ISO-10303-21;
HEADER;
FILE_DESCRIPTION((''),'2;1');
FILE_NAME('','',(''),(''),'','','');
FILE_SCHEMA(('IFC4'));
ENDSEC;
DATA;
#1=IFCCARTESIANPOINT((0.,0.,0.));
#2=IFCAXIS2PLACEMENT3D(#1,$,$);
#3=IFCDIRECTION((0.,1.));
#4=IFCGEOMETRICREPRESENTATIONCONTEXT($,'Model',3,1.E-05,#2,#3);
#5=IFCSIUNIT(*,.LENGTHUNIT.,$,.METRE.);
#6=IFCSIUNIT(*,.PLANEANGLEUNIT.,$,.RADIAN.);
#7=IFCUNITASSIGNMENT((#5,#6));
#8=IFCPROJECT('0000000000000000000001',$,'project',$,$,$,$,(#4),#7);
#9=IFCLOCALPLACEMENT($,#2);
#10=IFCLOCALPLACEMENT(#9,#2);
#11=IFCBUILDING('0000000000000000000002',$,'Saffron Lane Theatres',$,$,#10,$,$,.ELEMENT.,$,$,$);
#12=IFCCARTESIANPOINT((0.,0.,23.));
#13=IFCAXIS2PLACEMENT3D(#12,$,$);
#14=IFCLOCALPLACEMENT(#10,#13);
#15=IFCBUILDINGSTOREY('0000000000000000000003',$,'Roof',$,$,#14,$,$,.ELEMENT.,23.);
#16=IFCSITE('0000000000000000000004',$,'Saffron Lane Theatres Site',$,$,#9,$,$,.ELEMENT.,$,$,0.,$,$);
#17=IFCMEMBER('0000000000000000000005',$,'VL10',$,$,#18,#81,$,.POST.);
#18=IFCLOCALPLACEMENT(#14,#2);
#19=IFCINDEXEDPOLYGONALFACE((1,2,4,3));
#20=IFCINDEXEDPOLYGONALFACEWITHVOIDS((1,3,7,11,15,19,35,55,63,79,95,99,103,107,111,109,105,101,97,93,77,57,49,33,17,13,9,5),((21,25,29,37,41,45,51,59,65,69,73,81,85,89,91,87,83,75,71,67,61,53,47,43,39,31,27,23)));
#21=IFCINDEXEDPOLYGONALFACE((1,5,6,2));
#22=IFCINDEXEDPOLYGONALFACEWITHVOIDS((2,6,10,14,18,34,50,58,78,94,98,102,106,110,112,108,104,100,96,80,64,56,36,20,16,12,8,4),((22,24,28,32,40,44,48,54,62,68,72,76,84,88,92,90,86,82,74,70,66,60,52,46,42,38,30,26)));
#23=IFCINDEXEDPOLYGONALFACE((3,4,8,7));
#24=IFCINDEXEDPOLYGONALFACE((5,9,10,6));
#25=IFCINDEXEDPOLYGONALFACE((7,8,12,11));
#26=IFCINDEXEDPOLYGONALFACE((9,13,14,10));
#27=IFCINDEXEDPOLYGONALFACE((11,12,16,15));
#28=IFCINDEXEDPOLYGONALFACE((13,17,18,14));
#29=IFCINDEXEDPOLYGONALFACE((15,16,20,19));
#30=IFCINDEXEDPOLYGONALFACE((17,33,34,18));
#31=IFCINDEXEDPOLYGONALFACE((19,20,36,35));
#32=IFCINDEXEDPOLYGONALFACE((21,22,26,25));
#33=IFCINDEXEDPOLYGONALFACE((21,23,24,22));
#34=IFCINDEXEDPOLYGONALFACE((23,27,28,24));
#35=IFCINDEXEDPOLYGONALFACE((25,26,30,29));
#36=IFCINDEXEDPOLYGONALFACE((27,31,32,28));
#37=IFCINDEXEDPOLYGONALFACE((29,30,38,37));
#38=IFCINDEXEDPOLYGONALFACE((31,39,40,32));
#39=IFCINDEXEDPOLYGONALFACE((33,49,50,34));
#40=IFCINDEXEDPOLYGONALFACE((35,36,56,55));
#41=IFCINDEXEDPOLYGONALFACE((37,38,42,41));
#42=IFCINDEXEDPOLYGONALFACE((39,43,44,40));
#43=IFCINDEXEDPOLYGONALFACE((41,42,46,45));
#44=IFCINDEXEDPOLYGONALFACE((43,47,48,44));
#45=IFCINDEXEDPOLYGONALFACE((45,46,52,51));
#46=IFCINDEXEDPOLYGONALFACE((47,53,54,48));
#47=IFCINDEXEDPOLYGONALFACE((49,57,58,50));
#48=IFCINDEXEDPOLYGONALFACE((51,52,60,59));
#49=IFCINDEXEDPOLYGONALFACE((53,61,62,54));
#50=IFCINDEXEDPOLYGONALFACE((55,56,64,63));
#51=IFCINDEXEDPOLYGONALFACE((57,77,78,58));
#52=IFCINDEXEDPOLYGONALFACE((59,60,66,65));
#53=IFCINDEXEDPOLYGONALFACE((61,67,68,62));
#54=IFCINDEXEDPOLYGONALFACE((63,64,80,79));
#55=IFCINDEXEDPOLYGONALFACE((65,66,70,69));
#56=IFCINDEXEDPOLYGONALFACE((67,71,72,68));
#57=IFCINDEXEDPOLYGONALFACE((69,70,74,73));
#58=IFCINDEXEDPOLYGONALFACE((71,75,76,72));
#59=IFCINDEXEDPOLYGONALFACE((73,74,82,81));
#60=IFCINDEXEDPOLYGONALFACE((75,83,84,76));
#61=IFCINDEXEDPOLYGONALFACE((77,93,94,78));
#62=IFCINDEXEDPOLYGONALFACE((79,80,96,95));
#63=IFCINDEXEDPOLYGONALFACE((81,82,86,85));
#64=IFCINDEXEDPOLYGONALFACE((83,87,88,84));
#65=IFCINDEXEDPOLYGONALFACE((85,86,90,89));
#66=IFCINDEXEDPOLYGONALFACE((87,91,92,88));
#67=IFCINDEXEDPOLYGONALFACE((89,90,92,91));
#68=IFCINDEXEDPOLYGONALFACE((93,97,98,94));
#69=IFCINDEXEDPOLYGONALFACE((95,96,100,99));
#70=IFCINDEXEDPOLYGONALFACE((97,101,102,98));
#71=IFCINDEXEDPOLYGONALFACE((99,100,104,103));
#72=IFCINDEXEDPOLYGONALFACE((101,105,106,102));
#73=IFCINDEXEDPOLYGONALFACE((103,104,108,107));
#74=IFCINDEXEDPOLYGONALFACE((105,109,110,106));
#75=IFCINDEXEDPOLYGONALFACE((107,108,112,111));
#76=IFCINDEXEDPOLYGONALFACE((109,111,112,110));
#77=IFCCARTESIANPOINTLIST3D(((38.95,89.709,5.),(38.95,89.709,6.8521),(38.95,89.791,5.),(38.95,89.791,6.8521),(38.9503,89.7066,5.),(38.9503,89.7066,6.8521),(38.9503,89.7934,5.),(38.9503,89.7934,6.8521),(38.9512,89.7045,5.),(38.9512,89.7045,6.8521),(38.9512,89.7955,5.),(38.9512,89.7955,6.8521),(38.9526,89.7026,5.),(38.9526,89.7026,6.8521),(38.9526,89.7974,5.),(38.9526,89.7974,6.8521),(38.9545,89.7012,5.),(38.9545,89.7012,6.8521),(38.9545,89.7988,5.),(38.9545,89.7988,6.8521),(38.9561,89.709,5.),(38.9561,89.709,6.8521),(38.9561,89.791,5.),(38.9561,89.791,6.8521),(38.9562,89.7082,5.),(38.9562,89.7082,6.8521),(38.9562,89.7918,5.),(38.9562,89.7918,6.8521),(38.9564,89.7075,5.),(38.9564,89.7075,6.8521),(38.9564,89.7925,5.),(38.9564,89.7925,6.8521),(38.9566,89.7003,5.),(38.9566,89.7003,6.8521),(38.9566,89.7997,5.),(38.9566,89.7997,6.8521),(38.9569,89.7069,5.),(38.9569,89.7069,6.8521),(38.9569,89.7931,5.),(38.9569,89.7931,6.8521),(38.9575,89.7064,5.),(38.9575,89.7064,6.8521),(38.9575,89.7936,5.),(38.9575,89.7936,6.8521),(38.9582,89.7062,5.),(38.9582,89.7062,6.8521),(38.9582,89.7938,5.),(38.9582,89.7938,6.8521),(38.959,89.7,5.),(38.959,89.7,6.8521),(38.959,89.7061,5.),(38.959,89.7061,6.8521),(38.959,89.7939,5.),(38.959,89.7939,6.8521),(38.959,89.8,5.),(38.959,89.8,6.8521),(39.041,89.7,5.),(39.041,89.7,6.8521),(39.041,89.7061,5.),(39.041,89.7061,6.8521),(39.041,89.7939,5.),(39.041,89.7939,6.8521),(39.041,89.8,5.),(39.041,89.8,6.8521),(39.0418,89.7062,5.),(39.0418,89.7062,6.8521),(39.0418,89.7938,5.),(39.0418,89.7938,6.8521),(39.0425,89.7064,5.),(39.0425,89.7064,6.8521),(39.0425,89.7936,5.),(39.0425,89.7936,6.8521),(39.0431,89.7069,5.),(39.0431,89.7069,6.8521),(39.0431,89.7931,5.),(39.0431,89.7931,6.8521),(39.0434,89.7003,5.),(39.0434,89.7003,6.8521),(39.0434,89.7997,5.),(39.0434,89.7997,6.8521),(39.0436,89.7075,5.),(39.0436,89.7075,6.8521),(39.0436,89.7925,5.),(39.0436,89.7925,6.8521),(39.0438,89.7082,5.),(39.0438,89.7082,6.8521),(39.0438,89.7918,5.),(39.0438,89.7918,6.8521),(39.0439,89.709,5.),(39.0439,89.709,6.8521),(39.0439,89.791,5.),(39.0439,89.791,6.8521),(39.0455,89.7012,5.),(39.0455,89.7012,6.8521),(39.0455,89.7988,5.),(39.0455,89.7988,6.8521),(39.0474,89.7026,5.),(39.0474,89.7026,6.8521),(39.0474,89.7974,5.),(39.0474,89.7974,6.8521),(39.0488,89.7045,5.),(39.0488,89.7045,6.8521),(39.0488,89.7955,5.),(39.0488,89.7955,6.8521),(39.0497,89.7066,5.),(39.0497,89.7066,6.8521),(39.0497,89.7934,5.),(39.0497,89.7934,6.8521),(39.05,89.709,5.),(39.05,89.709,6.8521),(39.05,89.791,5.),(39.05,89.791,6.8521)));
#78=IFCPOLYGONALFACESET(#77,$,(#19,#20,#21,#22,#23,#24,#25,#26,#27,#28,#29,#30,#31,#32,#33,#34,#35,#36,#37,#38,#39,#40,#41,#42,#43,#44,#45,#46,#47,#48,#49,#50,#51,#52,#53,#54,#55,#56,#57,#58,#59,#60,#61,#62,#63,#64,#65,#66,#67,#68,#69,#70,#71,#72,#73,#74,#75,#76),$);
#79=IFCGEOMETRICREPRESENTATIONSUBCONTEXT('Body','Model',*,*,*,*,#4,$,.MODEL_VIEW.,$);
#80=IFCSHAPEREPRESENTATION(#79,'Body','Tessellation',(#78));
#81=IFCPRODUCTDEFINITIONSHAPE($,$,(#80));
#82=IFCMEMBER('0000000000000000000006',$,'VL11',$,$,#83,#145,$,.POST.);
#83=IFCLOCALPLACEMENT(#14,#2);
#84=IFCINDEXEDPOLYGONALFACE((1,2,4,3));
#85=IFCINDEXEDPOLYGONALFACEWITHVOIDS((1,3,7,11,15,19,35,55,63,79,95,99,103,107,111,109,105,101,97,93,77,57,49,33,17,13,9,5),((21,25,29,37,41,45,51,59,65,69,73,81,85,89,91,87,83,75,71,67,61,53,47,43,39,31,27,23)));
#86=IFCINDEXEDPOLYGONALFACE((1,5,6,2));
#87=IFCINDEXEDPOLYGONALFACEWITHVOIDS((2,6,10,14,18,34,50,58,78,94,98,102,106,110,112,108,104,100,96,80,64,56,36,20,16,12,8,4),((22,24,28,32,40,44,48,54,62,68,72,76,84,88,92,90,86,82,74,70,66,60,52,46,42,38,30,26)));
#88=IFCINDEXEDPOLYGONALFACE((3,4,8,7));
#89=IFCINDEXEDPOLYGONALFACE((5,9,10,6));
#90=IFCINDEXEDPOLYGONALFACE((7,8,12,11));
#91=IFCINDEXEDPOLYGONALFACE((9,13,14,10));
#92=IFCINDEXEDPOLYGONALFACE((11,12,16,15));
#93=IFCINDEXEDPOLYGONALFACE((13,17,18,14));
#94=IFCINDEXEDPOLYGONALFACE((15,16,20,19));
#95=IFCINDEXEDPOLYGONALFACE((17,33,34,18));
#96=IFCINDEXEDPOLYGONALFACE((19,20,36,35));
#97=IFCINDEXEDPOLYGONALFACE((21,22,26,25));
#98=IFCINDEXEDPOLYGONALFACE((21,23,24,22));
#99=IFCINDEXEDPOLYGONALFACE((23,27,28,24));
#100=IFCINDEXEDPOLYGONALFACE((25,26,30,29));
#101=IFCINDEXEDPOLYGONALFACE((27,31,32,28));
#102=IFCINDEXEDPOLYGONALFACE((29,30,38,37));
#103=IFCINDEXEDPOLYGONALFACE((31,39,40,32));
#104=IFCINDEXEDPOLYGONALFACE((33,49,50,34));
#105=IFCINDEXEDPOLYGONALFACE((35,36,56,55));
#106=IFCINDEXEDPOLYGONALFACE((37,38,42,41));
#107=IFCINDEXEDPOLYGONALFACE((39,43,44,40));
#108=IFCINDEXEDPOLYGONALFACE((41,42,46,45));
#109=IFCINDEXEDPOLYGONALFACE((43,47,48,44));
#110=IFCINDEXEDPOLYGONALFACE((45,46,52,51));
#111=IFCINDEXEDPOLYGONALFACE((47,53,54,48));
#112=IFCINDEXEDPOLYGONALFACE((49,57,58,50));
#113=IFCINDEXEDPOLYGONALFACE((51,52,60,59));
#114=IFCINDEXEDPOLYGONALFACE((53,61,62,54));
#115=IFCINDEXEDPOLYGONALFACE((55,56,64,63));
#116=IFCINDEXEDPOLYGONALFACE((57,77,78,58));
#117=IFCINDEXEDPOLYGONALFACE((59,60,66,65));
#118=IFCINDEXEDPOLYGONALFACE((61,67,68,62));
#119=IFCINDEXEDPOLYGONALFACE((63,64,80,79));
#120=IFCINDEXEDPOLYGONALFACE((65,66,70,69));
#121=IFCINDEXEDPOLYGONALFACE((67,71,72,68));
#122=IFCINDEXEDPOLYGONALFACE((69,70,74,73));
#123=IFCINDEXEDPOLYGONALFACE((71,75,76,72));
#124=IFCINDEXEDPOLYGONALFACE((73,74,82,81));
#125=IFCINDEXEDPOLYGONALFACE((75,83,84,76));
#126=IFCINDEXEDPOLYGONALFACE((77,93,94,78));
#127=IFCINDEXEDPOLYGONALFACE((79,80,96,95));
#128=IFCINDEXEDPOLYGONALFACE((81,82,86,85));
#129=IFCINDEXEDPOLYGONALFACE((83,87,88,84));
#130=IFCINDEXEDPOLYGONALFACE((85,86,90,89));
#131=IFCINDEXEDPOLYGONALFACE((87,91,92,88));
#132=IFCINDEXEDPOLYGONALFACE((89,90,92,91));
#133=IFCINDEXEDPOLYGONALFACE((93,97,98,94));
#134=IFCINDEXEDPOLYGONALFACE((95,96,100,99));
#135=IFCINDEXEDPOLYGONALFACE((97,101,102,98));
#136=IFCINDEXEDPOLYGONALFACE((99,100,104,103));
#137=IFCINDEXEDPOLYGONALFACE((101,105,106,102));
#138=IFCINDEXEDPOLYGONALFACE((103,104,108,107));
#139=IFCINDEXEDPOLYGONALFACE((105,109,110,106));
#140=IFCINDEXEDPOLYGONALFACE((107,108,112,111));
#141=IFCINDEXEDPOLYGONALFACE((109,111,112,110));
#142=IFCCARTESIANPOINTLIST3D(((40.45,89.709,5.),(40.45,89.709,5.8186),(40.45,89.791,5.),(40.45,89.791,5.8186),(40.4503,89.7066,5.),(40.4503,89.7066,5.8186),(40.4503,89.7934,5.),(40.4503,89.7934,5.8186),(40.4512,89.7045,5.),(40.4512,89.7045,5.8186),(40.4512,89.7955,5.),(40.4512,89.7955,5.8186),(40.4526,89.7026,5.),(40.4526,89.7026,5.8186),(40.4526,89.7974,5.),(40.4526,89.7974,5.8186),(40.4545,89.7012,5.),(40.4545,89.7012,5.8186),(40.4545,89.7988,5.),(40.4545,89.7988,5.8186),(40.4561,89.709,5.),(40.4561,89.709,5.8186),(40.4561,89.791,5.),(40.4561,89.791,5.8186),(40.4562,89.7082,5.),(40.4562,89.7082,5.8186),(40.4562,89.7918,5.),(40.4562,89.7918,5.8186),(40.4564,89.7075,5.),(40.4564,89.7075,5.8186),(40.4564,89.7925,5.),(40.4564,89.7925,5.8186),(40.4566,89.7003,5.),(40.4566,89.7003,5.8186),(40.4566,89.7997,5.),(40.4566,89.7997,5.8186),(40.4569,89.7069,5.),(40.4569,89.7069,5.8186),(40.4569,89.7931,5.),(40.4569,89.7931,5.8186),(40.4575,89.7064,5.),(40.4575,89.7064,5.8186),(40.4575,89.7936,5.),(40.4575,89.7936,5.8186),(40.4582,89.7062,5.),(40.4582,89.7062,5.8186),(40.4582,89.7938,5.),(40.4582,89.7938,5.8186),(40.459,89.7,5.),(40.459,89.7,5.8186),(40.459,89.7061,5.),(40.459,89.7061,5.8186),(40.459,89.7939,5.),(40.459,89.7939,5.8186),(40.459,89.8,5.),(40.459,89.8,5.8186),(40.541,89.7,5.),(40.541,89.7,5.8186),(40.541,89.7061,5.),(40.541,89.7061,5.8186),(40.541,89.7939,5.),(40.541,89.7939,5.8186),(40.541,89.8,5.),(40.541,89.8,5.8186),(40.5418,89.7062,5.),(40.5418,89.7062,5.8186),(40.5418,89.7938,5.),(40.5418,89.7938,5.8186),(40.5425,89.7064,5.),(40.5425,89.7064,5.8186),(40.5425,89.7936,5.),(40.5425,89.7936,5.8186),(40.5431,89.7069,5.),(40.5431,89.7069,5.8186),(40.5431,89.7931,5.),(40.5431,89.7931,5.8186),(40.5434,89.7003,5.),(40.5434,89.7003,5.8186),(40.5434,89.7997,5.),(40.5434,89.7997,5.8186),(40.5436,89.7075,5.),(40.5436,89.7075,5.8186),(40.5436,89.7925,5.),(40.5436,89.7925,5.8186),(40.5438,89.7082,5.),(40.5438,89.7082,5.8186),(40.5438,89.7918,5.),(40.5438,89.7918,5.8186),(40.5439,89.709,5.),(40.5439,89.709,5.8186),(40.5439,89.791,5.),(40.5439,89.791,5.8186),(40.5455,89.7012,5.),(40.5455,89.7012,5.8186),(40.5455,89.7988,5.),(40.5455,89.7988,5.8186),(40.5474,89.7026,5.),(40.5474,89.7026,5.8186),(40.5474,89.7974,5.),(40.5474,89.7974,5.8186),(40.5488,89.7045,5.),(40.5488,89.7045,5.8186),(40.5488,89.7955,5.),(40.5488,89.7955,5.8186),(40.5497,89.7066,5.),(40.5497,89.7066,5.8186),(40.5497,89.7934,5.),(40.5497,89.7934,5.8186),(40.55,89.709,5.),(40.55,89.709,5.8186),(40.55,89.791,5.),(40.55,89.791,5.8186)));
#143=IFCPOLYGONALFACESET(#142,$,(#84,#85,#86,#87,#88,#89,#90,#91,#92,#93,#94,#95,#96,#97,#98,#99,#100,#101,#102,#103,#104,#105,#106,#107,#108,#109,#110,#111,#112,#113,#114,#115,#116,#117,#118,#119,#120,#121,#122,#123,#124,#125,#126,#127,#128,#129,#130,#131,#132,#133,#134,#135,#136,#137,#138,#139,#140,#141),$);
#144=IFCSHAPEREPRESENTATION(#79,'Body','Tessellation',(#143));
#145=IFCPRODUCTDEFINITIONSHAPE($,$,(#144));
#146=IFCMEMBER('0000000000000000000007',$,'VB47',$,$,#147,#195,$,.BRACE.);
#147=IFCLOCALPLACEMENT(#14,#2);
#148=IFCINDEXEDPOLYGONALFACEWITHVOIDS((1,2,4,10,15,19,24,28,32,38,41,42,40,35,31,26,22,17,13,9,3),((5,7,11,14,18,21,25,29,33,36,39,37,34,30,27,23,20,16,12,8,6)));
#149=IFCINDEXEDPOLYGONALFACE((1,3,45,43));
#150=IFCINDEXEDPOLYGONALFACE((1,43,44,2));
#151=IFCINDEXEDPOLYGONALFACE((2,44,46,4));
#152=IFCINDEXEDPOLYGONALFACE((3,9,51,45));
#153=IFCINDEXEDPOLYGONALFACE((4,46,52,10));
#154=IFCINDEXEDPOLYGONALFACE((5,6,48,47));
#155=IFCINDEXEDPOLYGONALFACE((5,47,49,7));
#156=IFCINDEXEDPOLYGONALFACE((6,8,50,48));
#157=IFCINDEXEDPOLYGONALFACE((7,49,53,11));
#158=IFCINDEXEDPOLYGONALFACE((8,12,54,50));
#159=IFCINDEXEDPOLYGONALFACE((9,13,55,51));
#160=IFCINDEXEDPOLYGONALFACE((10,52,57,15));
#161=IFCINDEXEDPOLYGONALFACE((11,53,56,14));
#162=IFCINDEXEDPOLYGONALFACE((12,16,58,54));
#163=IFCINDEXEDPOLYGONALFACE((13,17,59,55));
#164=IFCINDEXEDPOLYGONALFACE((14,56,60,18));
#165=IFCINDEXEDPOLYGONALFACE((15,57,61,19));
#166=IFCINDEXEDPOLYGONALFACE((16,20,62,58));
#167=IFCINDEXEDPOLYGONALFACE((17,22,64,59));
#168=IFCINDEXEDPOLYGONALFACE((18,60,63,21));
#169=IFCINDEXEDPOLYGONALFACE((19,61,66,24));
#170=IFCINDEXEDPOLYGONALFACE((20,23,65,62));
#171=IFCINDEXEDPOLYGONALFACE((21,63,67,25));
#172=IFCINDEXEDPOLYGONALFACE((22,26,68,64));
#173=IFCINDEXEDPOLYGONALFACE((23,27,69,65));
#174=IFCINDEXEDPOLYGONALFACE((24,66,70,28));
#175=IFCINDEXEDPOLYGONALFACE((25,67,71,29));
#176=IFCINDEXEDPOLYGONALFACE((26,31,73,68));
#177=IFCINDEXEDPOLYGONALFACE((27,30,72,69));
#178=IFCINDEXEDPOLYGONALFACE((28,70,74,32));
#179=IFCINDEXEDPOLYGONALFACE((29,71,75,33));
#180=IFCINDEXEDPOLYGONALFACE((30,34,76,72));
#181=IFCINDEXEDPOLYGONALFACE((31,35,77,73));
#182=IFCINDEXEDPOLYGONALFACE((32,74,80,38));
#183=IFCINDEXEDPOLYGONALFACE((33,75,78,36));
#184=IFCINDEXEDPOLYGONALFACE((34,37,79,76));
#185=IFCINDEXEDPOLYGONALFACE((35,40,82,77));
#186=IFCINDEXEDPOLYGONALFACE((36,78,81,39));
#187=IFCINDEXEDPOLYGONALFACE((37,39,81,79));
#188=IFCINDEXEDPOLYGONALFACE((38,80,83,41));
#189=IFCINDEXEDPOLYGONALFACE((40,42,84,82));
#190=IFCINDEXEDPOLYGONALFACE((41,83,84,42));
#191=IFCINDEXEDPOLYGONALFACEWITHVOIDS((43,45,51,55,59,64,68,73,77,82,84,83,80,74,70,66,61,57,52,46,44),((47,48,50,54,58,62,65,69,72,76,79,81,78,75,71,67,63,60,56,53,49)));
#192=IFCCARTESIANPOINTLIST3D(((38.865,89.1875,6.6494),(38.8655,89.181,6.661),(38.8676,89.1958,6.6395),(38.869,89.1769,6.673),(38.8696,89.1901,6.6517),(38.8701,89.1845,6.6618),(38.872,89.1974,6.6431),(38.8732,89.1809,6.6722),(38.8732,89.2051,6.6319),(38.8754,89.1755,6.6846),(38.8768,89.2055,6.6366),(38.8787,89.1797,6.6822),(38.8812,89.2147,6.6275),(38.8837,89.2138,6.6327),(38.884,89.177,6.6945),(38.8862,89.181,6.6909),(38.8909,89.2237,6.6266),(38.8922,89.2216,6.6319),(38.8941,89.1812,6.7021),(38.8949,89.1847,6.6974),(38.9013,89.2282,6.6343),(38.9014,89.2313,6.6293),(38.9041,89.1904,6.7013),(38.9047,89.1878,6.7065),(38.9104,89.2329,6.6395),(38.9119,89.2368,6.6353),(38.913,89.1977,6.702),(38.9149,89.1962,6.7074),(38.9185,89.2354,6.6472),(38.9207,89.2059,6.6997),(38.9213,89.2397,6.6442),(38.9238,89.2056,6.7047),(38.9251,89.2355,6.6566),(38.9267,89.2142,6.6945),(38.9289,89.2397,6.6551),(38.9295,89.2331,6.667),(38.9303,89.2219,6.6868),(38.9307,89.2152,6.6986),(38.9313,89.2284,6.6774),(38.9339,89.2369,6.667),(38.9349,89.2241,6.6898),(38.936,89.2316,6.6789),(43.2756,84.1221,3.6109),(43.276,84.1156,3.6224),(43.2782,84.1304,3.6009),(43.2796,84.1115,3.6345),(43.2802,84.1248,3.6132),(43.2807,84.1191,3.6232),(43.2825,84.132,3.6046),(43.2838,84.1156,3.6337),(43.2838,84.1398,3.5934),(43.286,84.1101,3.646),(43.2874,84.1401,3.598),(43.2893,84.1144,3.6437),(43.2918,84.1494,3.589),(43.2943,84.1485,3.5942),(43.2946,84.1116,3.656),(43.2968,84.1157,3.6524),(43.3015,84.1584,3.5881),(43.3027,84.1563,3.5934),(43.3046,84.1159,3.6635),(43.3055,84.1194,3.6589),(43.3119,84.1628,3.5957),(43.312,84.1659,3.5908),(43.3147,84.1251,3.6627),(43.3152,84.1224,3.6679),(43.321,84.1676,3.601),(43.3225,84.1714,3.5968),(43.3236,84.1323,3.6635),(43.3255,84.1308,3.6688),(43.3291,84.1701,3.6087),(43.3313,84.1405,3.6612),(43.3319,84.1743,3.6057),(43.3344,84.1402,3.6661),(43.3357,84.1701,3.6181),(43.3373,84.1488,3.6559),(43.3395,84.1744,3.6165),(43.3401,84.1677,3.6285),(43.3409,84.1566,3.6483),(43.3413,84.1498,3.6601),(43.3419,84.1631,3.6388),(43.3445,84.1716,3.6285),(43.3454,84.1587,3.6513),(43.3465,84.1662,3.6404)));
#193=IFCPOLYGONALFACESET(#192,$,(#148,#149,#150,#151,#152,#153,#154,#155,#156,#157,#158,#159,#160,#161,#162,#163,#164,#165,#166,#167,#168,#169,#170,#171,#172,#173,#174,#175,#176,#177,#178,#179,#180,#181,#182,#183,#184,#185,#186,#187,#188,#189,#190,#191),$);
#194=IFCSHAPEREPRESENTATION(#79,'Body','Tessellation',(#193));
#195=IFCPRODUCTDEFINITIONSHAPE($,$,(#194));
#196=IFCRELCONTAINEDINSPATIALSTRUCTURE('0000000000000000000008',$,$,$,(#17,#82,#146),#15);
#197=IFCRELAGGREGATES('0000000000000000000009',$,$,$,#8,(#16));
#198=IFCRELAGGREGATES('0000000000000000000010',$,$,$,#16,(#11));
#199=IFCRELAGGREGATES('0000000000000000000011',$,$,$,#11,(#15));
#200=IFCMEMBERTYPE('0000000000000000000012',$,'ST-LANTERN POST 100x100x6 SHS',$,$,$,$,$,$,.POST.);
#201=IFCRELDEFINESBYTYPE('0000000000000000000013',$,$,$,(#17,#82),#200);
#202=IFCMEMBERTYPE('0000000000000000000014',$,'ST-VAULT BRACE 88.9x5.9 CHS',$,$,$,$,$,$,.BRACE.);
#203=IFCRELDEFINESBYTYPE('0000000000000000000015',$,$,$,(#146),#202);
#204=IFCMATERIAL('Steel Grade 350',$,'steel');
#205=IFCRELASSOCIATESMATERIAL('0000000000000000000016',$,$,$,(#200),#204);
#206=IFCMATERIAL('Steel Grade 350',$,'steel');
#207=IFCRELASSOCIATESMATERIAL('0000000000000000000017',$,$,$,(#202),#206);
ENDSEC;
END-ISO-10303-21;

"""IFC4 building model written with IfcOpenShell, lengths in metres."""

from ifc_helpers import new_model, si_unit, direction, frame, origin, origin_2d, place, context, subcontext, project, spatial, hollow_rectangle, hollow_circle, extrude, material, material_profile, profile_set, type_object, element, save


model = new_model("IFC4")

# Units and contexts
model_context = context("Model", 3, precision=1e-05, world=origin(), true_north=direction((0.0, 1.0)))
body_context = subcontext(model_context, "Body", "Model", "MODEL_VIEW")
ifc_project = project(units=[si_unit("LENGTHUNIT", "METRE"), si_unit("PLANEANGLEUNIT", "RADIAN")], contexts=[model_context])

# Site, building, storey
site_placement = place(None, origin())
site = spatial("IfcSite", under=ifc_project, at=site_placement, Name="Saffron Lane Theatres Site", CompositionType="ELEMENT", RefElevation=0.0)
building_placement = place(site_placement, origin())
building = spatial("IfcBuilding", under=site, at=building_placement, Name="Saffron Lane Theatres", CompositionType="ELEMENT")
storey_placement = place(building_placement, frame((0.0, 0.0, 23.0)))
storey = spatial("IfcBuildingStorey", under=building, at=storey_placement, Name="Roof", CompositionType="ELEMENT", Elevation=23.0)

# Members
ifc_material_1 = material(Name="Steel Grade 350", Category="steel")
ifc_material_profile_1 = material_profile(ifc_material_1, hollow_rectangle(XDim=0.1001, YDim=0.1001, WallThickness=0.0061, InnerFilletRadius=0.0029, OuterFilletRadius=0.009, at=origin_2d()))
ifc_profile_set_1 = profile_set([ifc_material_profile_1], Name="Steel Grade 350")
member_type_1 = type_object("IfcMemberType", Name="ST-LANTERN POST 100x100x6 SHS", PredefinedType="POST", material=ifc_profile_set_1)
member_1_placement = place(storey_placement, frame((39.0, 89.75, 5.0), z_axis=(0.0, 0.0, 1.0), x_axis=(1.0, 0.0, 0.0)))
element("IfcMember", 1, at=member_1_placement, inside=storey, type_object=member_type_1, Name="VL10", PredefinedType="POST", context=body_context, shape_type="SweptSolid", body=[
    extrude(hollow_rectangle(XDim=0.1001, YDim=0.1001, WallThickness=0.0061, InnerFilletRadius=0.0029, OuterFilletRadius=0.009, at=origin_2d()), origin(), (0.0, 0.0, 1.0), 1.8521),
])
member_2_placement = place(storey_placement, frame((40.5, 89.75, 5.0), z_axis=(0.0, 0.0, 1.0), x_axis=(1.0, 0.0, 0.0)))
element("IfcMember", 2, at=member_2_placement, inside=storey, type_object=member_type_1, Name="VL11", PredefinedType="POST", context=body_context, shape_type="SweptSolid", body=[
    extrude(hollow_rectangle(XDim=0.1001, YDim=0.1001, WallThickness=0.0061, InnerFilletRadius=0.0029, OuterFilletRadius=0.009, at=origin_2d()), origin(), (0.0, 0.0, 1.0), 0.8186),
])
ifc_material_2 = material(Name="Steel Grade 350", Category="steel")
ifc_material_profile_2 = material_profile(ifc_material_2, hollow_circle(Radius=0.0444, WallThickness=0.0059, at=origin_2d()))
ifc_profile_set_2 = profile_set([ifc_material_profile_2], Name="Steel Grade 350")
member_type_2 = type_object("IfcMemberType", Name="ST-VAULT BRACE 88.9x5.9 CHS", PredefinedType="BRACE", material=ifc_profile_set_2)
member_3_placement = place(storey_placement, frame((38.9004, 89.2078, 6.667), z_axis=(0.598303, -0.687124, -0.412182), x_axis=(0.754169, 0.656681, 0.0)))
element("IfcMember", 3, at=member_3_placement, inside=storey, type_object=member_type_2, Name="VB47", PredefinedType="BRACE", context=body_context, shape_type="SweptSolid", body=[
    extrude(hollow_circle(Radius=0.0444, WallThickness=0.0059, at=origin_2d()), origin(), (0.0, 0.0, 1.0), 7.3718),
])

save(model, "model.ifc")
